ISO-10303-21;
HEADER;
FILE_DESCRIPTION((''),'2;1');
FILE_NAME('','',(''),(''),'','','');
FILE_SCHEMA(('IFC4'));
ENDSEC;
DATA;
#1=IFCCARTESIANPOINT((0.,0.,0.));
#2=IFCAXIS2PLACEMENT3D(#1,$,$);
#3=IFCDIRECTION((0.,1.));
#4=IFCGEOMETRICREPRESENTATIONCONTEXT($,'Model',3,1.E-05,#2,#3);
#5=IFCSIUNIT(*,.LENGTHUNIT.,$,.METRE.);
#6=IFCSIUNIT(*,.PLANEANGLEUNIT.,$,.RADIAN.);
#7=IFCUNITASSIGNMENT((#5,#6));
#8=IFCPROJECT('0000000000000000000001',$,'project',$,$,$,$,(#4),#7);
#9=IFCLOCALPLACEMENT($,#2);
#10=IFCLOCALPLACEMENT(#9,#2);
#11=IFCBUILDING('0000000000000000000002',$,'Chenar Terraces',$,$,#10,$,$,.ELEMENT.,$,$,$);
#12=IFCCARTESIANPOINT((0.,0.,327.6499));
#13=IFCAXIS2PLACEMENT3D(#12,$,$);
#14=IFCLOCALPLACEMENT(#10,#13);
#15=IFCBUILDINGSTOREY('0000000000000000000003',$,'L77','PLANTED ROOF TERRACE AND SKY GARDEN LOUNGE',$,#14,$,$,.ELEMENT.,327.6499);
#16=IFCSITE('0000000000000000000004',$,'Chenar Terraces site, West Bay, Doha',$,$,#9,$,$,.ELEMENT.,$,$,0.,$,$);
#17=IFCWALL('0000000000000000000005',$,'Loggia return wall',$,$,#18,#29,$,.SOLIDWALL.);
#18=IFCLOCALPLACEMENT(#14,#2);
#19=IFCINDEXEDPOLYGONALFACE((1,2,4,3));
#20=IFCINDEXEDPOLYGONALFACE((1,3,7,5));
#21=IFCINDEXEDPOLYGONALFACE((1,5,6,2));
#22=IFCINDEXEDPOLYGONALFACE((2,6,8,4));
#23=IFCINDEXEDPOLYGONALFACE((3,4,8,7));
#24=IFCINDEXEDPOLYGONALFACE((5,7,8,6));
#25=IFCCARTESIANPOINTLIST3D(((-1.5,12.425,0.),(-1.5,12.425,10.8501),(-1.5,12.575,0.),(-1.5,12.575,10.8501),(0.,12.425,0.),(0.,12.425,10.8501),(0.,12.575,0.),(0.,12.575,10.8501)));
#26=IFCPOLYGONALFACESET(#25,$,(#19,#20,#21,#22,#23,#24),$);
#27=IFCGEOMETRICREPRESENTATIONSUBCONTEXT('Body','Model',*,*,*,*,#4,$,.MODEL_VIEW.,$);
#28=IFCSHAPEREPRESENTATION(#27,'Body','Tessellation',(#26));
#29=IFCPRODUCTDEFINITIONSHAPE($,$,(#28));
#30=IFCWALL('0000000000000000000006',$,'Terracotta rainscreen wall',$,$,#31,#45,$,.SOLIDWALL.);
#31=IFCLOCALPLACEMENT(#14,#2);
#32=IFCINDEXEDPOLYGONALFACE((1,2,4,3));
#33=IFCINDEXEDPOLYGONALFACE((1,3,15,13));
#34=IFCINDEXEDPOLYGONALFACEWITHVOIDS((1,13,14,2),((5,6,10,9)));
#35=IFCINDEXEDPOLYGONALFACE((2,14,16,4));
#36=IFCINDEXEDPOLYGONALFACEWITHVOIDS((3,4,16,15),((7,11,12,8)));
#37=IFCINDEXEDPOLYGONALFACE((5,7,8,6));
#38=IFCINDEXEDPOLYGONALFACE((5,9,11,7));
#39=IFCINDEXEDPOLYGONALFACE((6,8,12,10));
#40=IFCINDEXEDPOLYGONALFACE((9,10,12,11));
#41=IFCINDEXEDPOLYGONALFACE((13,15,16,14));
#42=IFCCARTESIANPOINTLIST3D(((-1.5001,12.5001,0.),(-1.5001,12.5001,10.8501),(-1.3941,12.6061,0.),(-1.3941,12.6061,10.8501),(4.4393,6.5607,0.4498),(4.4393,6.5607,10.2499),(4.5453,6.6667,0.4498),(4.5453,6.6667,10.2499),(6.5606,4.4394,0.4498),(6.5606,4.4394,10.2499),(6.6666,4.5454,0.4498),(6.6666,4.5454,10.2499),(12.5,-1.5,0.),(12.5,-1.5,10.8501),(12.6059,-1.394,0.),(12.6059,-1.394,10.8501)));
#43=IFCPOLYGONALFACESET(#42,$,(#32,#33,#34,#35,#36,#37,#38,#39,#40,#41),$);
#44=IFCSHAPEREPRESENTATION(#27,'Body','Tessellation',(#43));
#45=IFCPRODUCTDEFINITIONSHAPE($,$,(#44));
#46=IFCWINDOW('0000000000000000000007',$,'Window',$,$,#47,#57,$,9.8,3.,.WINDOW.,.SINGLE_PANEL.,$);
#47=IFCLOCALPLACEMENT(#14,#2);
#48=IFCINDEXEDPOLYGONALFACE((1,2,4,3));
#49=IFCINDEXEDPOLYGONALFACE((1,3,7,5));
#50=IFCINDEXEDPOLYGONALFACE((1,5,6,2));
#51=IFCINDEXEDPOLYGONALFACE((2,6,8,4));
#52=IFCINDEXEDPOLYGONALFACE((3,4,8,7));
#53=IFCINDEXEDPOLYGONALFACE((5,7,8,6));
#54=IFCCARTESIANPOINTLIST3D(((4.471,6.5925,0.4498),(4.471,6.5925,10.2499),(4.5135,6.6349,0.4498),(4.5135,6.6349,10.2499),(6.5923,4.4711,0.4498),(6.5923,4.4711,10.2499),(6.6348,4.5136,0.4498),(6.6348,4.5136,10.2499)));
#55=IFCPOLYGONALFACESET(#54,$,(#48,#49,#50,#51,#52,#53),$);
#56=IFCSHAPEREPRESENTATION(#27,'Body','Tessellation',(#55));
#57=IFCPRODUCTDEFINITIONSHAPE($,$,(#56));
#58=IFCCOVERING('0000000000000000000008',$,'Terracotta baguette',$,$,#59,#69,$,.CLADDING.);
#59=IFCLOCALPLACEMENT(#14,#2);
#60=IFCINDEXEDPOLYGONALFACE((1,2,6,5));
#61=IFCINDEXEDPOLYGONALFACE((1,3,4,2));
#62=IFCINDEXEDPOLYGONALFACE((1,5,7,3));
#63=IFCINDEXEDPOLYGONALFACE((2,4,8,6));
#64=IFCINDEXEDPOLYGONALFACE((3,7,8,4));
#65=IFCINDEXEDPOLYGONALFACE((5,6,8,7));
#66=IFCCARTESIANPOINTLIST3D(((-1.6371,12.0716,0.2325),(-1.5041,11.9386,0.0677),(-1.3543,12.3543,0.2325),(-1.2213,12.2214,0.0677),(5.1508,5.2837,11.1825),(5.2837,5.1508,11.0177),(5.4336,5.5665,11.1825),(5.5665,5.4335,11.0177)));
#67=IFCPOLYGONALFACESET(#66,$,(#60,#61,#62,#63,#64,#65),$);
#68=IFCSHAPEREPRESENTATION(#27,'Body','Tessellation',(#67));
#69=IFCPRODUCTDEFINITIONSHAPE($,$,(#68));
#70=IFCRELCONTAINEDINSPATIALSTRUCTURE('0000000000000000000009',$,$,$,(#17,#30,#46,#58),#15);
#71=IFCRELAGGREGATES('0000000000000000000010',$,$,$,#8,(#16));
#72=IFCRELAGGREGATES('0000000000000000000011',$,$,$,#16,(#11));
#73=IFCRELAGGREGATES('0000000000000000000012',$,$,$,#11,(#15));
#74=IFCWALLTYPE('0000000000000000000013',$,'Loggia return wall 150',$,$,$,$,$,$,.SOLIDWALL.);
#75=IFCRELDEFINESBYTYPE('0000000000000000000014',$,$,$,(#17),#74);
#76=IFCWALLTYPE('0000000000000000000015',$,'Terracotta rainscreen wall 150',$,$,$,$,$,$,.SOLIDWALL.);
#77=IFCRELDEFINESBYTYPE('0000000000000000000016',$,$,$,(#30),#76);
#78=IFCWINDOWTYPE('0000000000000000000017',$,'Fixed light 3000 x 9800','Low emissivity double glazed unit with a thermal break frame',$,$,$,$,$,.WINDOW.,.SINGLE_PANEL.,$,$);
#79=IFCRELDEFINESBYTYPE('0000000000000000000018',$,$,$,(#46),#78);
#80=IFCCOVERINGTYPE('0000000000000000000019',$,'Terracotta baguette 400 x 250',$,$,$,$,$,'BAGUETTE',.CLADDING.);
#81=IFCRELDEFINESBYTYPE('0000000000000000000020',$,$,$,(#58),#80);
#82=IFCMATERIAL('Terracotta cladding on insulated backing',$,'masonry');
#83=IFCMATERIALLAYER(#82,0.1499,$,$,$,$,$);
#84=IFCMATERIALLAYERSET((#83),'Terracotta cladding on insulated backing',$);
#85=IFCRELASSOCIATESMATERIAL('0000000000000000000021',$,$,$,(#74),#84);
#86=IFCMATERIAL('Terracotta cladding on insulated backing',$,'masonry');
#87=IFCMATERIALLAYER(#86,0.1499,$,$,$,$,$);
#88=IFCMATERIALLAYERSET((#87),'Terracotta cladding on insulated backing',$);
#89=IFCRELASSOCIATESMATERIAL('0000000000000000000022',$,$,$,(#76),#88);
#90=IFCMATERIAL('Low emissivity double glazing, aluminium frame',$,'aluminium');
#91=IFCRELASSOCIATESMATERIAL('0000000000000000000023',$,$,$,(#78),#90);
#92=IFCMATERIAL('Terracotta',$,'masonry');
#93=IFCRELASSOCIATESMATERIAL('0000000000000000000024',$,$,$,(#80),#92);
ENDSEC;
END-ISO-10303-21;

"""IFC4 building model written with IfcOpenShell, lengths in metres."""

from ifc_helpers import new_model, si_unit, direction, frame, frame_2d, origin, origin_2d, place, context, subcontext, project, spatial, rectangle, extrude, material, layer, layer_set, material_profile, profile_set, type_object, element, fill, save


model = new_model("IFC4")

# Units and contexts
model_context = context("Model", 3, precision=1e-05, world=origin(), true_north=direction((0.0, 1.0)))
body_context = subcontext(model_context, "Body", "Model", "MODEL_VIEW")
ifc_project = project(units=[si_unit("LENGTHUNIT", "METRE"), si_unit("PLANEANGLEUNIT", "RADIAN")], contexts=[model_context])

# Site, building, storey
site_placement = place(None, origin())
site = spatial("IfcSite", under=ifc_project, at=site_placement, Name="Chenar Terraces site, West Bay, Doha", CompositionType="ELEMENT", RefElevation=0.0)
building_placement = place(site_placement, origin())
building = spatial("IfcBuilding", under=site, at=building_placement, Name="Chenar Terraces", CompositionType="ELEMENT")
storey_placement = place(building_placement, frame((0.0, 0.0, 327.6499)))
storey = spatial("IfcBuildingStorey", under=building, at=storey_placement, Name="L77", Description="PLANTED ROOF TERRACE AND SKY GARDEN LOUNGE", CompositionType="ELEMENT", Elevation=327.6499)

# Wall
ifc_material_1 = material(Name="Terracotta cladding on insulated backing", Category="masonry")
ifc_layer_1 = layer(ifc_material_1, 0.1499)
ifc_layer_set_1 = layer_set([ifc_layer_1], Name="Terracotta cladding on insulated backing")
wall_type_1 = type_object("IfcWallType", Name="Loggia return wall 150", PredefinedType="SOLIDWALL", material=ifc_layer_set_1)
wall_1_placement = place(storey_placement, frame((-1.5, 12.5, 0.0), z_axis=(0.0, 0.0, 1.0), x_axis=(1.0, 0.0, 0.0)))
element("IfcWall", 1, at=wall_1_placement, inside=storey, type_object=wall_type_1, Name="Loggia return wall", PredefinedType="SOLIDWALL", context=body_context, shape_type="SweptSolid", body=[
    extrude(rectangle(XDim=1.5, YDim=0.1499, at=frame_2d((0.75, 0.0))), origin(), (0.0, 0.0, 1.0), 10.8501),
])

# Wall, opening, window
ifc_material_2 = material(Name="Terracotta cladding on insulated backing", Category="masonry")
ifc_layer_2 = layer(ifc_material_2, 0.1499)
ifc_layer_set_2 = layer_set([ifc_layer_2], Name="Terracotta cladding on insulated backing")
wall_type_2 = type_object("IfcWallType", Name="Terracotta rainscreen wall 150", PredefinedType="SOLIDWALL", material=ifc_layer_set_2)
wall_2_placement = place(storey_placement, frame((-1.447, 12.553, 0.0), z_axis=(0.0, 0.0, 1.0), x_axis=(0.707107, -0.707107, 0.0)))
wall_2 = element("IfcWall", 2, at=wall_2_placement, inside=storey, type_object=wall_type_2, Name="Terracotta rainscreen wall", PredefinedType="SOLIDWALL", context=body_context, shape_type="SweptSolid", body=[
    extrude(rectangle(XDim=19.7991, YDim=0.1499, at=frame_2d((9.8994, 0.0))), origin(), (0.0, 0.0, 1.0), 10.8501),
])
opening_placement = place(wall_2_placement, frame((8.3994, 0.0, 0.45)))
opening = element("IfcOpeningElement", 3, at=opening_placement, cuts=wall_2, PredefinedType="OPENING", context=body_context, shape_type="SweptSolid", body=[
    extrude(rectangle(XDim=3.0, YDim=9.8, at=frame_2d((1.5, 4.8999))), frame((0.0, 0.085, 0.0), z_axis=(0.0, -1.0, 0.0), x_axis=(1.0, 0.0, 0.0)), (0.0, 0.0, 1.0), 0.1699),
])
ifc_material_3 = material(Name="Low emissivity double glazing, aluminium frame", Category="aluminium")
window_type = type_object("IfcWindowType", Name="Fixed light 3000 x 9800", Description="Low emissivity double glazed unit with a thermal break frame", PartitioningType="SINGLE_PANEL", PredefinedType="WINDOW", material=ifc_material_3)
window_placement = place(opening_placement, origin())
window = element("IfcWindow", 4, at=window_placement, inside=storey, type_object=window_type, Name="Window", OverallHeight=9.8, OverallWidth=3.0, PartitioningType="SINGLE_PANEL", PredefinedType="WINDOW", context=body_context, shape_type="SweptSolid", body=[
    extrude(rectangle(XDim=3.0, YDim=9.8, at=frame_2d((1.5, 4.8999))), frame((0.0, 0.03, 0.0), z_axis=(0.0, -1.0, 0.0), x_axis=(1.0, 0.0, 0.0)), (0.0, 0.0, 1.0), 0.0601),
])
fill(opening, window)

# Covering
ifc_material_4 = material(Name="Terracotta", Category="masonry")
ifc_material_profile = material_profile(ifc_material_4, rectangle(XDim=0.3999, YDim=0.25, at=origin_2d()), Name="Terracotta baguette 400 x 250")
ifc_profile_set = profile_set([ifc_material_profile], Name="Terracotta")
covering_type = type_object("IfcCoveringType", Name="Terracotta baguette 400 x 250", ElementType="BAGUETTE", PredefinedType="CLADDING", material=ifc_profile_set)
covering_placement = place(storey_placement, frame((-1.4292, 12.1465, 0.1501), z_axis=(0.466135, -0.466135, 0.751955), x_axis=(0.707107, 0.707107, 0.0)))
element("IfcCovering", 5, at=covering_placement, inside=storey, type_object=covering_type, Name="Terracotta baguette", PredefinedType="CLADDING", context=body_context, shape_type="SweptSolid", body=[
    extrude(rectangle(XDim=0.3999, YDim=0.25, at=origin_2d()), origin(), (0.0, 0.0, 1.0), 14.562),
])

save(model, "model.ifc")
